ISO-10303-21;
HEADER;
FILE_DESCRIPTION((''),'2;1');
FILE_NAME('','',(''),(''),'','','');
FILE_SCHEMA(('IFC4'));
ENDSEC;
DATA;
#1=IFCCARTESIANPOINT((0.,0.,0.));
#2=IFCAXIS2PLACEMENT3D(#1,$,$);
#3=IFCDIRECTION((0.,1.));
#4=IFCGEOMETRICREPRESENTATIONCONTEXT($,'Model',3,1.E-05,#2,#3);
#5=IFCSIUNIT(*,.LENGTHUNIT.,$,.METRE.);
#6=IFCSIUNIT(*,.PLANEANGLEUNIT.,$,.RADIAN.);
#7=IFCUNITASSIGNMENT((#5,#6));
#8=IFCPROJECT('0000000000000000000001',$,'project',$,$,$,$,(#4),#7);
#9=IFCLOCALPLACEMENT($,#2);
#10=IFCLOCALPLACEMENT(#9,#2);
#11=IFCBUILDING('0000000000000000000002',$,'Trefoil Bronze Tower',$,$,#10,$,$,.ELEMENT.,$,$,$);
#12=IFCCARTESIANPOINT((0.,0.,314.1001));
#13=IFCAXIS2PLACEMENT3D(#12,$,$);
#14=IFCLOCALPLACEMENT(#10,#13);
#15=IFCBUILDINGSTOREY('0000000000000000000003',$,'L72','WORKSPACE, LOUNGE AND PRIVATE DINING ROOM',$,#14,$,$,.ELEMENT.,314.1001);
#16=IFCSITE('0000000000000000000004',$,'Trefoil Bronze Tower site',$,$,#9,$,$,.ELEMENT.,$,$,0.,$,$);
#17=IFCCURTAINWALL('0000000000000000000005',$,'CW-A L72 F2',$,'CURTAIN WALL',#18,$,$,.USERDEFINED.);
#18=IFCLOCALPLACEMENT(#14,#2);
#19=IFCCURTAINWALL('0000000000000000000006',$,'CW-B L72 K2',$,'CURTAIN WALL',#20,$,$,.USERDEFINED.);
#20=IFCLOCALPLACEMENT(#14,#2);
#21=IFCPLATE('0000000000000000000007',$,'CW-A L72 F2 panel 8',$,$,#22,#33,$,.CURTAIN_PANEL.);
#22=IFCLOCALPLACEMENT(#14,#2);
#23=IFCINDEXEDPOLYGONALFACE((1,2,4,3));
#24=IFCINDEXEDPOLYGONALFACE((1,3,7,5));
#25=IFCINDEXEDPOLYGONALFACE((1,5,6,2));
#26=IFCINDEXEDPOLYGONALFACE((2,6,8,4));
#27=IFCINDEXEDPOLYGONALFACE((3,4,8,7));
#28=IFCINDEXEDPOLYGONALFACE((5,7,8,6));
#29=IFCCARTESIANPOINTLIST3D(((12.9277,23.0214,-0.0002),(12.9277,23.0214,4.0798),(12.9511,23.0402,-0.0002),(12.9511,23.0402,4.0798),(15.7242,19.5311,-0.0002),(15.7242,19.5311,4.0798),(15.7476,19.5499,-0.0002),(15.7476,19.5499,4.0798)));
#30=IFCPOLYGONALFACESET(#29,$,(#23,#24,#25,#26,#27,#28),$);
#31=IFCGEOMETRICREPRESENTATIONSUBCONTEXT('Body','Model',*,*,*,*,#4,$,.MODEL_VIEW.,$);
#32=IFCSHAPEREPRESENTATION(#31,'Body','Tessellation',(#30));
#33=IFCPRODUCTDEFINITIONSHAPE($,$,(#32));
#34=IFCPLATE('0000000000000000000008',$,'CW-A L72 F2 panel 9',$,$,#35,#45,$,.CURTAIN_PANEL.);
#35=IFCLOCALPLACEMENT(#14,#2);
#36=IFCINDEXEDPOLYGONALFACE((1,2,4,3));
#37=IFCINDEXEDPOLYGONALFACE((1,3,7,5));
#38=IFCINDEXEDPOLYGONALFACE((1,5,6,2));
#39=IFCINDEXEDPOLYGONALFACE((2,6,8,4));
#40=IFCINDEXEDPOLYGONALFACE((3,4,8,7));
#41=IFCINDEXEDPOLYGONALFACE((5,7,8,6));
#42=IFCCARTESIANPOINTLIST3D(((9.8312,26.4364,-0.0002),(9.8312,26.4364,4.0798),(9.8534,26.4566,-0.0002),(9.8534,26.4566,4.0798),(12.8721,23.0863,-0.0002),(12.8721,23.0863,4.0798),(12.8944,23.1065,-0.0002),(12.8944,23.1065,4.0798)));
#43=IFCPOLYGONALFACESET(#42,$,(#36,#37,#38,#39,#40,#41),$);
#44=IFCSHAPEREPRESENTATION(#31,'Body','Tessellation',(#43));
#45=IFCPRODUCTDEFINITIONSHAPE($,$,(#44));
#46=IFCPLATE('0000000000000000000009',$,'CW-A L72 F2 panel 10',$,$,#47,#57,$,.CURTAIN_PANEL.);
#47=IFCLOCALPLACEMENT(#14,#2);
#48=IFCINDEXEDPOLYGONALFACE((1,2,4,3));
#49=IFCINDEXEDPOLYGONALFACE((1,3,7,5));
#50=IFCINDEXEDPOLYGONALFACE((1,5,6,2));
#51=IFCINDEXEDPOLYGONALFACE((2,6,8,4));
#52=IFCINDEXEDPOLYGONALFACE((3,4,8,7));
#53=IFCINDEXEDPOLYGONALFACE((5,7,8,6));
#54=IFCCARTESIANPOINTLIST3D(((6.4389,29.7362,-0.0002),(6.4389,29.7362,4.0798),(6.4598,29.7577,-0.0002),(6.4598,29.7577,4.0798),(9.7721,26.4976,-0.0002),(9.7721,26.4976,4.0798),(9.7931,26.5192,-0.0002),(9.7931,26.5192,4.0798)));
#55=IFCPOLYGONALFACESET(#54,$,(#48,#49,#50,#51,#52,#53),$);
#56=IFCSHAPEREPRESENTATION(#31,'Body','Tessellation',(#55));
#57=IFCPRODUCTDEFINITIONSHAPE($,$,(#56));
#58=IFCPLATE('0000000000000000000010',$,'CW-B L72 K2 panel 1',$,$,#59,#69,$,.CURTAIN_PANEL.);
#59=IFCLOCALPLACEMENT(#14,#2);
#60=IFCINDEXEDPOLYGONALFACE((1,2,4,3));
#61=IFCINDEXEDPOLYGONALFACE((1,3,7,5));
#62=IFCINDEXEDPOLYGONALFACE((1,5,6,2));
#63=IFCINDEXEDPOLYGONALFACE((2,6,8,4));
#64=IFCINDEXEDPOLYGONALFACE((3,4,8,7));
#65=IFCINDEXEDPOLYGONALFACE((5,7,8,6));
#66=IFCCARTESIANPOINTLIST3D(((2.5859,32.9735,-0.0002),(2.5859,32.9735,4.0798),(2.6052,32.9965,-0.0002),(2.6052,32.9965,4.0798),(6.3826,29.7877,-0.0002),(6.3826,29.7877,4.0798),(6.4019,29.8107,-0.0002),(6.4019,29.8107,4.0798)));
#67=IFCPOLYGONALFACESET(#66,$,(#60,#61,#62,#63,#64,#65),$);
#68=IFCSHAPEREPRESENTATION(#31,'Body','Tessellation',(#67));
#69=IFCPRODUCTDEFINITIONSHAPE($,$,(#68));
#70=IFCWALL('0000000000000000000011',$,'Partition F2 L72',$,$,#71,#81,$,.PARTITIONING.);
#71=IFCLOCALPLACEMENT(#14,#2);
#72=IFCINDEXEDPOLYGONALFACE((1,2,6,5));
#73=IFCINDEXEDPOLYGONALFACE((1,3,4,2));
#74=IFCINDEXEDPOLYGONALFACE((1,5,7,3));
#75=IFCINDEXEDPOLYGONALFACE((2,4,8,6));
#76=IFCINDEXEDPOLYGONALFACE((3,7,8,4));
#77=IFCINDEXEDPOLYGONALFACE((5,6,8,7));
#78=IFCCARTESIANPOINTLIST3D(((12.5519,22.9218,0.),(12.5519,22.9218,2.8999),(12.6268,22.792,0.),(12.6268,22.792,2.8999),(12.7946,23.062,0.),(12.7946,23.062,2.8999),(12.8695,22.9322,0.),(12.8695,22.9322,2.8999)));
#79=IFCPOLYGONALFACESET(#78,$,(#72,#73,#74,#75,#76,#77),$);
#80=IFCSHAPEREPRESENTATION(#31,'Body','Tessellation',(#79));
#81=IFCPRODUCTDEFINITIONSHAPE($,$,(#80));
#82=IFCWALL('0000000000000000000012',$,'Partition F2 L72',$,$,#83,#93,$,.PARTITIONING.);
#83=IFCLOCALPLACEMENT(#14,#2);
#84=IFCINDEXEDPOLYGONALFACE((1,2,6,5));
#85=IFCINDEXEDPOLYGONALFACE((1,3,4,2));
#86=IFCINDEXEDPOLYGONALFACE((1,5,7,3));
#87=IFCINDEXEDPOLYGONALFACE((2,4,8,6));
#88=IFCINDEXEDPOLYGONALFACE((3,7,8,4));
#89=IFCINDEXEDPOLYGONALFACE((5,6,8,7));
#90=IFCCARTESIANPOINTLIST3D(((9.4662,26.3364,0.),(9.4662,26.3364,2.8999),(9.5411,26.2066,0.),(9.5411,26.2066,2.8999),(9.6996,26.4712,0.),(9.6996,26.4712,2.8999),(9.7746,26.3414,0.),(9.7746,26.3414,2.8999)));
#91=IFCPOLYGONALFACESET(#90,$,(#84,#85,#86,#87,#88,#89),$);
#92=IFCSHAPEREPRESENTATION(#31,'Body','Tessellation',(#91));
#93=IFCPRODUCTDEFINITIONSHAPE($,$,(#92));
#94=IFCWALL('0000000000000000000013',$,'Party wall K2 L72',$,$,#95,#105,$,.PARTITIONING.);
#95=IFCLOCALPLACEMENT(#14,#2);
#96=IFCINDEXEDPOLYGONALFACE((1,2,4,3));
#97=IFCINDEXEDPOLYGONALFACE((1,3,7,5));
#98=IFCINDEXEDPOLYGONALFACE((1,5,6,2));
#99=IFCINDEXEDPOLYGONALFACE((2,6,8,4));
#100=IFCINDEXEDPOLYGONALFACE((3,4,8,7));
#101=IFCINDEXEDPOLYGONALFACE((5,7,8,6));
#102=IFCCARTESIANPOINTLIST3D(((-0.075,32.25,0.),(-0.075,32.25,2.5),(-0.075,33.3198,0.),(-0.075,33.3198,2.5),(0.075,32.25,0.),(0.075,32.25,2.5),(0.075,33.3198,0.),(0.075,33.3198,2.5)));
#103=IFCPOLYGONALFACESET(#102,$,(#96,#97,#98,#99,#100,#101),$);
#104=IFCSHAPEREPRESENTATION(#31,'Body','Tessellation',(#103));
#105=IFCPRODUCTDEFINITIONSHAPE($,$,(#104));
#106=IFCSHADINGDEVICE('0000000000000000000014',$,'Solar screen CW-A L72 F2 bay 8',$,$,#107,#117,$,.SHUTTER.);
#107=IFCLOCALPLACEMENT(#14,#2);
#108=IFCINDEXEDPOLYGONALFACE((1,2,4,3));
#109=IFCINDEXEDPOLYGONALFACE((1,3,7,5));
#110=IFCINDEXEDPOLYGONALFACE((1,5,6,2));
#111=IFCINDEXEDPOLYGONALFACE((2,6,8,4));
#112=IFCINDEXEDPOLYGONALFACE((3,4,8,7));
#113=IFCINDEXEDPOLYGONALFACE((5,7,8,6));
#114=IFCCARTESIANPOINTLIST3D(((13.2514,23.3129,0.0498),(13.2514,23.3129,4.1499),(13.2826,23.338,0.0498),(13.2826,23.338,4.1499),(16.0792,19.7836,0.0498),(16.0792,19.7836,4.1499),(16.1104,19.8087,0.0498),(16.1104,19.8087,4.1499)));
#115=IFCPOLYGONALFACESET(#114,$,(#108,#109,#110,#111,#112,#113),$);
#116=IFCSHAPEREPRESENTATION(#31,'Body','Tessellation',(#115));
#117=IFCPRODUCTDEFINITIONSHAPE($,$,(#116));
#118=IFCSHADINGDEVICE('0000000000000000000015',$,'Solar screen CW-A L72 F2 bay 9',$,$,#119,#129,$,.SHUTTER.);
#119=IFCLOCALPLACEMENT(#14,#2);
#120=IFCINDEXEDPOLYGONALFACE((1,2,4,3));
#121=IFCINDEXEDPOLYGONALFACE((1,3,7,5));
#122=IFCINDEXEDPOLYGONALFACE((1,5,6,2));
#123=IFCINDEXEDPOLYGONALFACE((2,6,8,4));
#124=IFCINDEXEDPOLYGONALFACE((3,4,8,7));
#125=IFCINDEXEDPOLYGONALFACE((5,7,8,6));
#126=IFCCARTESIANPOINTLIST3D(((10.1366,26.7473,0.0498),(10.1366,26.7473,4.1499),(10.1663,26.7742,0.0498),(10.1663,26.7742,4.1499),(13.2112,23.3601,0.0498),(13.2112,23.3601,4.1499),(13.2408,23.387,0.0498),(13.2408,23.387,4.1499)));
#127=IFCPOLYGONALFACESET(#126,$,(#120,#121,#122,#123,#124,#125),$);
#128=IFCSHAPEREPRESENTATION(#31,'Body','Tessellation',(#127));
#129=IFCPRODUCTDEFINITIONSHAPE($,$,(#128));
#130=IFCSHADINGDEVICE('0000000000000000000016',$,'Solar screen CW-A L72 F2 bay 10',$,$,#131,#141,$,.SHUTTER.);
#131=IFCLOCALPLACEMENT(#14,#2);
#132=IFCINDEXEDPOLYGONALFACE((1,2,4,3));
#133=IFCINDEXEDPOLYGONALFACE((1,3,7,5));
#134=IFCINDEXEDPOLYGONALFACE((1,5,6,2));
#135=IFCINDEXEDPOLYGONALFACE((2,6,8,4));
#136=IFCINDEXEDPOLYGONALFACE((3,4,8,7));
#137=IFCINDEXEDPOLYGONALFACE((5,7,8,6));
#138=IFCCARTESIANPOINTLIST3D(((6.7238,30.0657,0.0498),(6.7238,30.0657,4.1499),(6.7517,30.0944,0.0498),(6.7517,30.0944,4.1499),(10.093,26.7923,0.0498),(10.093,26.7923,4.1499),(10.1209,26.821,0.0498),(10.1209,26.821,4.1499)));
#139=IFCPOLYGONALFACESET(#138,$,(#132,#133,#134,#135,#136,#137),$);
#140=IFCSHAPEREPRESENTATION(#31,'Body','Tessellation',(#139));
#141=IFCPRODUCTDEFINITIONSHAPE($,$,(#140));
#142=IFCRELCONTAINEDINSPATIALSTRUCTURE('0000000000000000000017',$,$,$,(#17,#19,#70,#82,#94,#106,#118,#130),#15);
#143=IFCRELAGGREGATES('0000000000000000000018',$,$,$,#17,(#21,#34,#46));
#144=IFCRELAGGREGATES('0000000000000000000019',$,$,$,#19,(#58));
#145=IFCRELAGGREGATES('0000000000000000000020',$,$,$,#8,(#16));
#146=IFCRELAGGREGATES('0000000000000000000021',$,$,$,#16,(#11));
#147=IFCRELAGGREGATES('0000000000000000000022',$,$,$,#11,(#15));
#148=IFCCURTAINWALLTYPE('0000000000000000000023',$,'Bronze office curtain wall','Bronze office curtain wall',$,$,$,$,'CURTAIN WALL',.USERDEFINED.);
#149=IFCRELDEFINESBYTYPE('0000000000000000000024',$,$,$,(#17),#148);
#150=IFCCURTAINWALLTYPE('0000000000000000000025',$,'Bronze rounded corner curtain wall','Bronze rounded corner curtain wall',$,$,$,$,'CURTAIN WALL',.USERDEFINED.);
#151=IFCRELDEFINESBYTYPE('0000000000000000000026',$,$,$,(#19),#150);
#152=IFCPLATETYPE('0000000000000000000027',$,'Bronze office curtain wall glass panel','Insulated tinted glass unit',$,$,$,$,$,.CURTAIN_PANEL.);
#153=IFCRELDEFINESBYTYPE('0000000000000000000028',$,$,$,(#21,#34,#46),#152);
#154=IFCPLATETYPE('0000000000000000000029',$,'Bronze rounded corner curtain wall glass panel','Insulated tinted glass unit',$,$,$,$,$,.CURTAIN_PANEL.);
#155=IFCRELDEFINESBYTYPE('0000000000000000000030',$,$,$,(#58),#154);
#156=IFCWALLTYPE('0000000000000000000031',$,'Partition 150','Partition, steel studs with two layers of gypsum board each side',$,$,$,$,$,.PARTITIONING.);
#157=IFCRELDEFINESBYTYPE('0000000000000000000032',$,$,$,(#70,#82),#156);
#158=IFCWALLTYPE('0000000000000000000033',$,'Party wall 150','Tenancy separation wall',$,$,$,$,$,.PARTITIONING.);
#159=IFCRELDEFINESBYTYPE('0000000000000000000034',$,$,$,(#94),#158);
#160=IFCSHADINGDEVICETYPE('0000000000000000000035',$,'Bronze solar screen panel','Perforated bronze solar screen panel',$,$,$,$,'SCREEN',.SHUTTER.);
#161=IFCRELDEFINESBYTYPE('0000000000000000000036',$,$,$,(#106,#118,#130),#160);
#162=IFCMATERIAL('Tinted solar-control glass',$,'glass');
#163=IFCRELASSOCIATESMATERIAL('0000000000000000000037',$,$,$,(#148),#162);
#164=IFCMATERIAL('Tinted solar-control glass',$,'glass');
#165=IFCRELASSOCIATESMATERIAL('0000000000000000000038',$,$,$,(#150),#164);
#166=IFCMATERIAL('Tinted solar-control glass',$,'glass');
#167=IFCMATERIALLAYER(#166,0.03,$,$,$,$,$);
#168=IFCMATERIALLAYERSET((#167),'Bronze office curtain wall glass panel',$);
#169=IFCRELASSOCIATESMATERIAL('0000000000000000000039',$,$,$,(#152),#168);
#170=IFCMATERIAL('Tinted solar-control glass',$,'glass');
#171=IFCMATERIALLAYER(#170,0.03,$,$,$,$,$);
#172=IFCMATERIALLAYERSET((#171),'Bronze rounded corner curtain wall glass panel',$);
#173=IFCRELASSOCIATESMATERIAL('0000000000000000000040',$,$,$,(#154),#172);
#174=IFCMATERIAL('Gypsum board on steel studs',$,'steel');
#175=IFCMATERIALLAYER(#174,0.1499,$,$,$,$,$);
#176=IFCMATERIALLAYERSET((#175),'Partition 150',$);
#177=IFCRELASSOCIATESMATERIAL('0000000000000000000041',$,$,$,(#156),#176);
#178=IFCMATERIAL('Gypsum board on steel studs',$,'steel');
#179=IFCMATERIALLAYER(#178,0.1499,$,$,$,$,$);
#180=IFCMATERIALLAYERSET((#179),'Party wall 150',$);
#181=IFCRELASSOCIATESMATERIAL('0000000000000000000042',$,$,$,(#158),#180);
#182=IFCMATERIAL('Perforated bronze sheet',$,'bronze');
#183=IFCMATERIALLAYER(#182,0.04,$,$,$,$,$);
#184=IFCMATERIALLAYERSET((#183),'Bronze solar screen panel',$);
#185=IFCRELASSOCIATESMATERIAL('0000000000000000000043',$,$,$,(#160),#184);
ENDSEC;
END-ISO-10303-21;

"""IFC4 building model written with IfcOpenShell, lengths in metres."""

from ifc_helpers import new_model, si_unit, direction, frame, frame_2d, origin, origin_2d, place, context, subcontext, project, spatial, rectangle, extrude, material, layer, layer_set, type_object, element, aggregate, save


model = new_model("IFC4")

# Units and contexts
model_context = context("Model", 3, precision=1e-05, world=origin(), true_north=direction((0.0, 1.0)))
body_context = subcontext(model_context, "Body", "Model", "MODEL_VIEW")
ifc_project = project(units=[si_unit("LENGTHUNIT", "METRE"), si_unit("PLANEANGLEUNIT", "RADIAN")], contexts=[model_context])

# Site, building, storey
site_placement = place(None, origin())
site = spatial("IfcSite", under=ifc_project, at=site_placement, Name="Trefoil Bronze Tower site", CompositionType="ELEMENT", RefElevation=0.0)
building_placement = place(site_placement, origin())
building = spatial("IfcBuilding", under=site, at=building_placement, Name="Trefoil Bronze Tower", CompositionType="ELEMENT")
storey_placement = place(building_placement, frame((0.0, 0.0, 314.1001)))
storey = spatial("IfcBuildingStorey", under=building, at=storey_placement, Name="L72", Description="WORKSPACE, LOUNGE AND PRIVATE DINING ROOM", CompositionType="ELEMENT", Elevation=314.1001)

# Curtain walls
ifc_material_1 = material(Name="Tinted solar-control glass", Category="glass")
curtain_wall_type_1 = type_object("IfcCurtainWallType", Name="Bronze office curtain wall", Description="Bronze office curtain wall", ElementType="CURTAIN WALL", PredefinedType="USERDEFINED", material=ifc_material_1)
curtain_wall_1_placement = place(storey_placement, origin())
curtain_wall_1 = element("IfcCurtainWall", 1, at=curtain_wall_1_placement, inside=storey, type_object=curtain_wall_type_1, Name="CW-A L72 F2", ObjectType="CURTAIN WALL", PredefinedType="USERDEFINED")
ifc_material_2 = material(Name="Tinted solar-control glass", Category="glass")
curtain_wall_type_2 = type_object("IfcCurtainWallType", Name="Bronze rounded corner curtain wall", Description="Bronze rounded corner curtain wall", ElementType="CURTAIN WALL", PredefinedType="USERDEFINED", material=ifc_material_2)
curtain_wall_2_placement = place(storey_placement, origin())
curtain_wall_2 = element("IfcCurtainWall", 2, at=curtain_wall_2_placement, inside=storey, type_object=curtain_wall_type_2, Name="CW-B L72 K2", ObjectType="CURTAIN WALL", PredefinedType="USERDEFINED")

# Plates
ifc_material_3 = material(Name="Tinted solar-control glass", Category="glass")
ifc_layer_1 = layer(ifc_material_3, 0.03)
ifc_layer_set_1 = layer_set([ifc_layer_1], Name="Bronze office curtain wall glass panel")
plate_type_1 = type_object("IfcPlateType", Name="Bronze office curtain wall glass panel", Description="Insulated tinted glass unit", PredefinedType="CURTAIN_PANEL", material=ifc_layer_set_1)
plate_1_placement = place(storey_placement, frame((14.3376, 21.2856, -0.0002), z_axis=(0.0, 0.0, 1.0), x_axis=(-0.625287, 0.780395, 0.0)))
plate_1 = element("IfcPlate", 3, at=plate_1_placement, type_object=plate_type_1, Name="CW-A L72 F2 panel 8", PredefinedType="CURTAIN_PANEL", context=body_context, shape_type="SweptSolid", body=[
    extrude(rectangle(XDim=4.4724, YDim=0.03, at=origin_2d()), origin(), (0.0, 0.0, 1.0), 4.0801),
])
plate_2_placement = place(storey_placement, frame((11.3628, 24.7715, -0.0002), z_axis=(0.0, 0.0, 1.0), x_axis=(-0.672115, 0.740447, 0.0)))
plate_2 = element("IfcPlate", 4, at=plate_2_placement, type_object=plate_type_1, Name="CW-A L72 F2 panel 9", PredefinedType="CURTAIN_PANEL", context=body_context, shape_type="SweptSolid", body=[
    extrude(rectangle(XDim=4.5244, YDim=0.03, at=origin_2d()), origin(), (0.0, 0.0, 1.0), 4.0801),
])
plate_3_placement = place(storey_placement, frame((8.116, 28.1277, -0.0002), z_axis=(0.0, 0.0, 1.0), x_axis=(-0.717218, 0.696849, 0.0)))
plate_3 = element("IfcPlate", 5, at=plate_3_placement, type_object=plate_type_1, Name="CW-A L72 F2 panel 10", PredefinedType="CURTAIN_PANEL", context=body_context, shape_type="SweptSolid", body=[
    extrude(rectangle(XDim=4.6475, YDim=0.03, at=origin_2d()), origin(), (0.0, 0.0, 1.0), 4.0801),
])
aggregate(curtain_wall_1, [plate_1, plate_2, plate_3])
ifc_material_4 = material(Name="Tinted solar-control glass", Category="glass")
ifc_layer_2 = layer(ifc_material_4, 0.03)
ifc_layer_set_2 = layer_set([ifc_layer_2], Name="Bronze rounded corner curtain wall glass panel")
plate_type_2 = type_object("IfcPlateType", Name="Bronze rounded corner curtain wall glass panel", Description="Insulated tinted glass unit", PredefinedType="CURTAIN_PANEL", material=ifc_layer_set_2)
plate_4_placement = place(storey_placement, frame((4.4939, 31.3921, -0.0002), z_axis=(0.0, 0.0, 1.0), x_axis=(-0.766044, 0.642788, 0.0)))
plate_4 = element("IfcPlate", 6, at=plate_4_placement, type_object=plate_type_2, Name="CW-B L72 K2 panel 1", PredefinedType="CURTAIN_PANEL", context=body_context, shape_type="SweptSolid", body=[
    extrude(rectangle(XDim=4.9563, YDim=0.03, at=origin_2d()), origin(), (0.0, 0.0, 1.0), 4.0801),
])
aggregate(curtain_wall_2, [plate_4])

# Walls
ifc_material_5 = material(Name="Gypsum board on steel studs", Category="steel")
ifc_layer_3 = layer(ifc_material_5, 0.1499)
ifc_layer_set_3 = layer_set([ifc_layer_3], Name="Partition 150")
wall_type_1 = type_object("IfcWallType", Name="Partition 150", Description="Partition, steel studs with two layers of gypsum board each side", PredefinedType="PARTITIONING", material=ifc_layer_set_3)
wall_1_placement = place(storey_placement, frame((12.5894, 22.8569, 0.0), z_axis=(0.0, 0.0, 1.0), x_axis=(0.865982, 0.500074, 0.0)))
element("IfcWall", 7, at=wall_1_placement, inside=storey, type_object=wall_type_1, Name="Partition F2 L72", PredefinedType="PARTITIONING", context=body_context, shape_type="SweptSolid", body=[
    extrude(rectangle(XDim=0.2803, YDim=0.1499, at=frame_2d((0.1401, 0.0))), origin(), (0.0, 0.0, 1.0), 2.8999),
])
wall_2_placement = place(storey_placement, frame((9.5037, 26.2715, 0.0), z_axis=(0.0, 0.0, 1.0), x_axis=(0.866005, 0.500036, 0.0)))
element("IfcWall", 8, at=wall_2_placement, inside=storey, type_object=wall_type_1, Name="Partition F2 L72", PredefinedType="PARTITIONING", context=body_context, shape_type="SweptSolid", body=[
    extrude(rectangle(XDim=0.2695, YDim=0.1499, at=frame_2d((0.1348, 0.0))), origin(), (0.0, 0.0, 1.0), 2.8999),
])
ifc_material_6 = material(Name="Gypsum board on steel studs", Category="steel")
ifc_layer_4 = layer(ifc_material_6, 0.1499)
ifc_layer_set_4 = layer_set([ifc_layer_4], Name="Party wall 150")
wall_type_2 = type_object("IfcWallType", Name="Party wall 150", Description="Tenancy separation wall", PredefinedType="PARTITIONING", material=ifc_layer_set_4)
wall_3_placement = place(storey_placement, frame((0.0, 32.25, 0.0), z_axis=(0.0, 0.0, 1.0), x_axis=(0.0, 1.0, 0.0)))
element("IfcWall", 9, at=wall_3_placement, inside=storey, type_object=wall_type_2, Name="Party wall K2 L72", PredefinedType="PARTITIONING", context=body_context, shape_type="SweptSolid", body=[
    extrude(rectangle(XDim=1.0698, YDim=0.1499, at=frame_2d((0.5349, 0.0))), origin(), (0.0, 0.0, 1.0), 2.5),
])

# Shading devices
ifc_material_7 = material(Name="Perforated bronze sheet", Category="bronze")
ifc_layer_5 = layer(ifc_material_7, 0.04)
ifc_layer_set_5 = layer_set([ifc_layer_5], Name="Bronze solar screen panel")
shading_device_type = type_object("IfcShadingDeviceType", Name="Bronze solar screen panel", Description="Perforated bronze solar screen panel", ElementType="SCREEN", PredefinedType="SHUTTER", material=ifc_layer_set_5)
shading_device_1_placement = place(storey_placement, frame((14.6809, 21.5608, 0.0498), z_axis=(0.0, 0.0, 1.0), x_axis=(-0.625287, 0.780395, 0.0)))
element("IfcShadingDevice", 10, at=shading_device_1_placement, inside=storey, type_object=shading_device_type, Name="Solar screen CW-A L72 F2 bay 8", PredefinedType="SHUTTER", context=body_context, shape_type="SweptSolid", body=[
    extrude(rectangle(XDim=4.5225, YDim=0.04, at=origin_2d()), origin(), (0.0, 0.0, 1.0), 4.1001),
])
shading_device_2_placement = place(storey_placement, frame((11.6887, 25.0671, 0.0498), z_axis=(0.0, 0.0, 1.0), x_axis=(-0.672115, 0.740447, 0.0)))
element("IfcShadingDevice", 11, at=shading_device_2_placement, inside=storey, type_object=shading_device_type, Name="Solar screen CW-A L72 F2 bay 9", PredefinedType="SHUTTER", context=body_context, shape_type="SweptSolid", body=[
    extrude(rectangle(XDim=4.5745, YDim=0.04, at=origin_2d()), origin(), (0.0, 0.0, 1.0), 4.1001),
])
shading_device_3_placement = place(storey_placement, frame((8.4224, 28.4434, 0.0498), z_axis=(0.0, 0.0, 1.0), x_axis=(-0.717218, 0.696849, 0.0)))
element("IfcShadingDevice", 12, at=shading_device_3_placement, inside=storey, type_object=shading_device_type, Name="Solar screen CW-A L72 F2 bay 10", PredefinedType="SHUTTER", context=body_context, shape_type="SweptSolid", body=[
    extrude(rectangle(XDim=4.6975, YDim=0.04, at=origin_2d()), origin(), (0.0, 0.0, 1.0), 4.1001),
])

save(model, "model.ifc")
